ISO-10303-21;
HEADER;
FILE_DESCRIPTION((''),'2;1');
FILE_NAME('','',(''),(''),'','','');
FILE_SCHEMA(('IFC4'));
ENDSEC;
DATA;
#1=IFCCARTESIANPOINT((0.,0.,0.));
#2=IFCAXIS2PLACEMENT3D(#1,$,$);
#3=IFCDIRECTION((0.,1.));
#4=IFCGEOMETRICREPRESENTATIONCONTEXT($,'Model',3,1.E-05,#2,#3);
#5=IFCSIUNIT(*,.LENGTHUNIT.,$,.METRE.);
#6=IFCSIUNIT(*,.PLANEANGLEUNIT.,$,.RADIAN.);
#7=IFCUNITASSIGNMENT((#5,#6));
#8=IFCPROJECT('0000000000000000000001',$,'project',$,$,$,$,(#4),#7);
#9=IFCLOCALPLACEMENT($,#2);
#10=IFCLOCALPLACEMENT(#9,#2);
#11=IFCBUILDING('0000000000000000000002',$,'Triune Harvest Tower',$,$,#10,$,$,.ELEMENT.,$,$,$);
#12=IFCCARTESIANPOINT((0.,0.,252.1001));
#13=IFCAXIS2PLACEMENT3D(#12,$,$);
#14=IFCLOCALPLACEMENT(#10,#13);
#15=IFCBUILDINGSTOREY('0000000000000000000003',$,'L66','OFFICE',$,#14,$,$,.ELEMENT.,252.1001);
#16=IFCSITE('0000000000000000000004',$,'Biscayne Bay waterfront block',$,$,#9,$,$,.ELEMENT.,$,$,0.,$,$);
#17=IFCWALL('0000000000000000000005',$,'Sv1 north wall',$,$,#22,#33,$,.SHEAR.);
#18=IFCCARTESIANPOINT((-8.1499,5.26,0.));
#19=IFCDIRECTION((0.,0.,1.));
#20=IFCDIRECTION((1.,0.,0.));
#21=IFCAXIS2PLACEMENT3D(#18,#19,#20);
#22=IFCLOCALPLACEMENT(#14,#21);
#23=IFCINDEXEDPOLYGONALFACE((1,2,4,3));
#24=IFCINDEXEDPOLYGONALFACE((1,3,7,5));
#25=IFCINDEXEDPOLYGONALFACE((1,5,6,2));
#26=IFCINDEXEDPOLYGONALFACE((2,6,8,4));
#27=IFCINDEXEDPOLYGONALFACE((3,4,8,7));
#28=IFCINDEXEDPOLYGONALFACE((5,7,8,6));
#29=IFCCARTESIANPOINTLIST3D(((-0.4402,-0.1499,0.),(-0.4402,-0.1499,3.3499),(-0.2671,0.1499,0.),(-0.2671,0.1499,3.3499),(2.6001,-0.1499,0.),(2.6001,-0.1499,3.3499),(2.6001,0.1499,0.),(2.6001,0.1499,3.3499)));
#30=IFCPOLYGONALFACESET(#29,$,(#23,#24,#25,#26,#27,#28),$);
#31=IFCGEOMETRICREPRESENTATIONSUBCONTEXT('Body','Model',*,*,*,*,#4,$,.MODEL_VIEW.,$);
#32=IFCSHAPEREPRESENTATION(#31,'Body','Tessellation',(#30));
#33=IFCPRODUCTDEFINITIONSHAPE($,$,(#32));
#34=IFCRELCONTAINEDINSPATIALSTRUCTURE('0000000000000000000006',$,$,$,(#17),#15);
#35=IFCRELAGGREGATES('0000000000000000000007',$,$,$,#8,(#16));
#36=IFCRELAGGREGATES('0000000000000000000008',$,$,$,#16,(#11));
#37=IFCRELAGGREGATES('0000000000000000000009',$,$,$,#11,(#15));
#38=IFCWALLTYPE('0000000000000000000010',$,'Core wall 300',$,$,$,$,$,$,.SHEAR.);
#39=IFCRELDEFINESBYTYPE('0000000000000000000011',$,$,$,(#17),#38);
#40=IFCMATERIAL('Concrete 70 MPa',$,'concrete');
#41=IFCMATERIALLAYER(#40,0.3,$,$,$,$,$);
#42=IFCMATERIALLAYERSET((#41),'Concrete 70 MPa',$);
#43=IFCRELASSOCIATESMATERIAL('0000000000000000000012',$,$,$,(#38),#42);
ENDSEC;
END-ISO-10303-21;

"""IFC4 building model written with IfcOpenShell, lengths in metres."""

from ifc_helpers import new_model, si_unit, direction, frame, origin, place, context, subcontext, project, spatial, polyline, outline, extrude, source, transform, mapped, material, layer, layer_set, type_object, element, save


model = new_model("IFC4")

# Units and contexts
model_context = context("Model", 3, precision=1e-05, world=origin(), true_north=direction((0.0, 1.0)))
body_context = subcontext(model_context, "Body", "Model", "MODEL_VIEW")
ifc_project = project(units=[si_unit("LENGTHUNIT", "METRE"), si_unit("PLANEANGLEUNIT", "RADIAN")], contexts=[model_context])

# Site, building, storey
site_placement = place(None, origin())
site = spatial("IfcSite", under=ifc_project, at=site_placement, Name="Biscayne Bay waterfront block", CompositionType="ELEMENT", RefElevation=0.0)
building_placement = place(site_placement, origin())
building = spatial("IfcBuilding", under=site, at=building_placement, Name="Triune Harvest Tower", CompositionType="ELEMENT")
storey_placement = place(building_placement, frame((0.0, 0.0, 252.1001)))
storey = spatial("IfcBuildingStorey", under=building, at=storey_placement, Name="L66", Description="OFFICE", CompositionType="ELEMENT", Elevation=252.1001)

# Shared definitions
ifc_material_1 = material(Name="Concrete 70 MPa", Category="concrete")
ifc_layer_1 = layer(ifc_material_1, 0.3)
ifc_layer_set_1 = layer_set([ifc_layer_1], Name="Concrete 70 MPa")
wall_type_1 = type_object("IfcWallType", Name="Core wall 300", PredefinedType="SHEAR", material=ifc_layer_set_1)

# Wall
shared_shape_1 = source(origin(), body_context, "Body", "SweptSolid", [
    extrude(outline(polyline([(2.6001, -0.1499), (-0.4402, -0.1499), (-0.2671, 0.1499), (2.6001, 0.1499), (2.6001, -0.1499)])), origin(), (0.0, 0.0, 1.0), 3.3499),
])
wall_1_placement = place(storey_placement, frame((-8.1499, 5.26, 0.0), z_axis=(0.0, 0.0, 1.0), x_axis=(1.0, 0.0, 0.0)))
element("IfcWall", 1, at=wall_1_placement, inside=storey, type_object=wall_type_1, Name="Sv1 north wall", PredefinedType="SHEAR", context=body_context, shape_type="MappedRepresentation", body=[
    mapped(shared_shape_1, transform((0.0, 0.0, 0.0), scale=1.0)),
])

save(model, "model.ifc")
